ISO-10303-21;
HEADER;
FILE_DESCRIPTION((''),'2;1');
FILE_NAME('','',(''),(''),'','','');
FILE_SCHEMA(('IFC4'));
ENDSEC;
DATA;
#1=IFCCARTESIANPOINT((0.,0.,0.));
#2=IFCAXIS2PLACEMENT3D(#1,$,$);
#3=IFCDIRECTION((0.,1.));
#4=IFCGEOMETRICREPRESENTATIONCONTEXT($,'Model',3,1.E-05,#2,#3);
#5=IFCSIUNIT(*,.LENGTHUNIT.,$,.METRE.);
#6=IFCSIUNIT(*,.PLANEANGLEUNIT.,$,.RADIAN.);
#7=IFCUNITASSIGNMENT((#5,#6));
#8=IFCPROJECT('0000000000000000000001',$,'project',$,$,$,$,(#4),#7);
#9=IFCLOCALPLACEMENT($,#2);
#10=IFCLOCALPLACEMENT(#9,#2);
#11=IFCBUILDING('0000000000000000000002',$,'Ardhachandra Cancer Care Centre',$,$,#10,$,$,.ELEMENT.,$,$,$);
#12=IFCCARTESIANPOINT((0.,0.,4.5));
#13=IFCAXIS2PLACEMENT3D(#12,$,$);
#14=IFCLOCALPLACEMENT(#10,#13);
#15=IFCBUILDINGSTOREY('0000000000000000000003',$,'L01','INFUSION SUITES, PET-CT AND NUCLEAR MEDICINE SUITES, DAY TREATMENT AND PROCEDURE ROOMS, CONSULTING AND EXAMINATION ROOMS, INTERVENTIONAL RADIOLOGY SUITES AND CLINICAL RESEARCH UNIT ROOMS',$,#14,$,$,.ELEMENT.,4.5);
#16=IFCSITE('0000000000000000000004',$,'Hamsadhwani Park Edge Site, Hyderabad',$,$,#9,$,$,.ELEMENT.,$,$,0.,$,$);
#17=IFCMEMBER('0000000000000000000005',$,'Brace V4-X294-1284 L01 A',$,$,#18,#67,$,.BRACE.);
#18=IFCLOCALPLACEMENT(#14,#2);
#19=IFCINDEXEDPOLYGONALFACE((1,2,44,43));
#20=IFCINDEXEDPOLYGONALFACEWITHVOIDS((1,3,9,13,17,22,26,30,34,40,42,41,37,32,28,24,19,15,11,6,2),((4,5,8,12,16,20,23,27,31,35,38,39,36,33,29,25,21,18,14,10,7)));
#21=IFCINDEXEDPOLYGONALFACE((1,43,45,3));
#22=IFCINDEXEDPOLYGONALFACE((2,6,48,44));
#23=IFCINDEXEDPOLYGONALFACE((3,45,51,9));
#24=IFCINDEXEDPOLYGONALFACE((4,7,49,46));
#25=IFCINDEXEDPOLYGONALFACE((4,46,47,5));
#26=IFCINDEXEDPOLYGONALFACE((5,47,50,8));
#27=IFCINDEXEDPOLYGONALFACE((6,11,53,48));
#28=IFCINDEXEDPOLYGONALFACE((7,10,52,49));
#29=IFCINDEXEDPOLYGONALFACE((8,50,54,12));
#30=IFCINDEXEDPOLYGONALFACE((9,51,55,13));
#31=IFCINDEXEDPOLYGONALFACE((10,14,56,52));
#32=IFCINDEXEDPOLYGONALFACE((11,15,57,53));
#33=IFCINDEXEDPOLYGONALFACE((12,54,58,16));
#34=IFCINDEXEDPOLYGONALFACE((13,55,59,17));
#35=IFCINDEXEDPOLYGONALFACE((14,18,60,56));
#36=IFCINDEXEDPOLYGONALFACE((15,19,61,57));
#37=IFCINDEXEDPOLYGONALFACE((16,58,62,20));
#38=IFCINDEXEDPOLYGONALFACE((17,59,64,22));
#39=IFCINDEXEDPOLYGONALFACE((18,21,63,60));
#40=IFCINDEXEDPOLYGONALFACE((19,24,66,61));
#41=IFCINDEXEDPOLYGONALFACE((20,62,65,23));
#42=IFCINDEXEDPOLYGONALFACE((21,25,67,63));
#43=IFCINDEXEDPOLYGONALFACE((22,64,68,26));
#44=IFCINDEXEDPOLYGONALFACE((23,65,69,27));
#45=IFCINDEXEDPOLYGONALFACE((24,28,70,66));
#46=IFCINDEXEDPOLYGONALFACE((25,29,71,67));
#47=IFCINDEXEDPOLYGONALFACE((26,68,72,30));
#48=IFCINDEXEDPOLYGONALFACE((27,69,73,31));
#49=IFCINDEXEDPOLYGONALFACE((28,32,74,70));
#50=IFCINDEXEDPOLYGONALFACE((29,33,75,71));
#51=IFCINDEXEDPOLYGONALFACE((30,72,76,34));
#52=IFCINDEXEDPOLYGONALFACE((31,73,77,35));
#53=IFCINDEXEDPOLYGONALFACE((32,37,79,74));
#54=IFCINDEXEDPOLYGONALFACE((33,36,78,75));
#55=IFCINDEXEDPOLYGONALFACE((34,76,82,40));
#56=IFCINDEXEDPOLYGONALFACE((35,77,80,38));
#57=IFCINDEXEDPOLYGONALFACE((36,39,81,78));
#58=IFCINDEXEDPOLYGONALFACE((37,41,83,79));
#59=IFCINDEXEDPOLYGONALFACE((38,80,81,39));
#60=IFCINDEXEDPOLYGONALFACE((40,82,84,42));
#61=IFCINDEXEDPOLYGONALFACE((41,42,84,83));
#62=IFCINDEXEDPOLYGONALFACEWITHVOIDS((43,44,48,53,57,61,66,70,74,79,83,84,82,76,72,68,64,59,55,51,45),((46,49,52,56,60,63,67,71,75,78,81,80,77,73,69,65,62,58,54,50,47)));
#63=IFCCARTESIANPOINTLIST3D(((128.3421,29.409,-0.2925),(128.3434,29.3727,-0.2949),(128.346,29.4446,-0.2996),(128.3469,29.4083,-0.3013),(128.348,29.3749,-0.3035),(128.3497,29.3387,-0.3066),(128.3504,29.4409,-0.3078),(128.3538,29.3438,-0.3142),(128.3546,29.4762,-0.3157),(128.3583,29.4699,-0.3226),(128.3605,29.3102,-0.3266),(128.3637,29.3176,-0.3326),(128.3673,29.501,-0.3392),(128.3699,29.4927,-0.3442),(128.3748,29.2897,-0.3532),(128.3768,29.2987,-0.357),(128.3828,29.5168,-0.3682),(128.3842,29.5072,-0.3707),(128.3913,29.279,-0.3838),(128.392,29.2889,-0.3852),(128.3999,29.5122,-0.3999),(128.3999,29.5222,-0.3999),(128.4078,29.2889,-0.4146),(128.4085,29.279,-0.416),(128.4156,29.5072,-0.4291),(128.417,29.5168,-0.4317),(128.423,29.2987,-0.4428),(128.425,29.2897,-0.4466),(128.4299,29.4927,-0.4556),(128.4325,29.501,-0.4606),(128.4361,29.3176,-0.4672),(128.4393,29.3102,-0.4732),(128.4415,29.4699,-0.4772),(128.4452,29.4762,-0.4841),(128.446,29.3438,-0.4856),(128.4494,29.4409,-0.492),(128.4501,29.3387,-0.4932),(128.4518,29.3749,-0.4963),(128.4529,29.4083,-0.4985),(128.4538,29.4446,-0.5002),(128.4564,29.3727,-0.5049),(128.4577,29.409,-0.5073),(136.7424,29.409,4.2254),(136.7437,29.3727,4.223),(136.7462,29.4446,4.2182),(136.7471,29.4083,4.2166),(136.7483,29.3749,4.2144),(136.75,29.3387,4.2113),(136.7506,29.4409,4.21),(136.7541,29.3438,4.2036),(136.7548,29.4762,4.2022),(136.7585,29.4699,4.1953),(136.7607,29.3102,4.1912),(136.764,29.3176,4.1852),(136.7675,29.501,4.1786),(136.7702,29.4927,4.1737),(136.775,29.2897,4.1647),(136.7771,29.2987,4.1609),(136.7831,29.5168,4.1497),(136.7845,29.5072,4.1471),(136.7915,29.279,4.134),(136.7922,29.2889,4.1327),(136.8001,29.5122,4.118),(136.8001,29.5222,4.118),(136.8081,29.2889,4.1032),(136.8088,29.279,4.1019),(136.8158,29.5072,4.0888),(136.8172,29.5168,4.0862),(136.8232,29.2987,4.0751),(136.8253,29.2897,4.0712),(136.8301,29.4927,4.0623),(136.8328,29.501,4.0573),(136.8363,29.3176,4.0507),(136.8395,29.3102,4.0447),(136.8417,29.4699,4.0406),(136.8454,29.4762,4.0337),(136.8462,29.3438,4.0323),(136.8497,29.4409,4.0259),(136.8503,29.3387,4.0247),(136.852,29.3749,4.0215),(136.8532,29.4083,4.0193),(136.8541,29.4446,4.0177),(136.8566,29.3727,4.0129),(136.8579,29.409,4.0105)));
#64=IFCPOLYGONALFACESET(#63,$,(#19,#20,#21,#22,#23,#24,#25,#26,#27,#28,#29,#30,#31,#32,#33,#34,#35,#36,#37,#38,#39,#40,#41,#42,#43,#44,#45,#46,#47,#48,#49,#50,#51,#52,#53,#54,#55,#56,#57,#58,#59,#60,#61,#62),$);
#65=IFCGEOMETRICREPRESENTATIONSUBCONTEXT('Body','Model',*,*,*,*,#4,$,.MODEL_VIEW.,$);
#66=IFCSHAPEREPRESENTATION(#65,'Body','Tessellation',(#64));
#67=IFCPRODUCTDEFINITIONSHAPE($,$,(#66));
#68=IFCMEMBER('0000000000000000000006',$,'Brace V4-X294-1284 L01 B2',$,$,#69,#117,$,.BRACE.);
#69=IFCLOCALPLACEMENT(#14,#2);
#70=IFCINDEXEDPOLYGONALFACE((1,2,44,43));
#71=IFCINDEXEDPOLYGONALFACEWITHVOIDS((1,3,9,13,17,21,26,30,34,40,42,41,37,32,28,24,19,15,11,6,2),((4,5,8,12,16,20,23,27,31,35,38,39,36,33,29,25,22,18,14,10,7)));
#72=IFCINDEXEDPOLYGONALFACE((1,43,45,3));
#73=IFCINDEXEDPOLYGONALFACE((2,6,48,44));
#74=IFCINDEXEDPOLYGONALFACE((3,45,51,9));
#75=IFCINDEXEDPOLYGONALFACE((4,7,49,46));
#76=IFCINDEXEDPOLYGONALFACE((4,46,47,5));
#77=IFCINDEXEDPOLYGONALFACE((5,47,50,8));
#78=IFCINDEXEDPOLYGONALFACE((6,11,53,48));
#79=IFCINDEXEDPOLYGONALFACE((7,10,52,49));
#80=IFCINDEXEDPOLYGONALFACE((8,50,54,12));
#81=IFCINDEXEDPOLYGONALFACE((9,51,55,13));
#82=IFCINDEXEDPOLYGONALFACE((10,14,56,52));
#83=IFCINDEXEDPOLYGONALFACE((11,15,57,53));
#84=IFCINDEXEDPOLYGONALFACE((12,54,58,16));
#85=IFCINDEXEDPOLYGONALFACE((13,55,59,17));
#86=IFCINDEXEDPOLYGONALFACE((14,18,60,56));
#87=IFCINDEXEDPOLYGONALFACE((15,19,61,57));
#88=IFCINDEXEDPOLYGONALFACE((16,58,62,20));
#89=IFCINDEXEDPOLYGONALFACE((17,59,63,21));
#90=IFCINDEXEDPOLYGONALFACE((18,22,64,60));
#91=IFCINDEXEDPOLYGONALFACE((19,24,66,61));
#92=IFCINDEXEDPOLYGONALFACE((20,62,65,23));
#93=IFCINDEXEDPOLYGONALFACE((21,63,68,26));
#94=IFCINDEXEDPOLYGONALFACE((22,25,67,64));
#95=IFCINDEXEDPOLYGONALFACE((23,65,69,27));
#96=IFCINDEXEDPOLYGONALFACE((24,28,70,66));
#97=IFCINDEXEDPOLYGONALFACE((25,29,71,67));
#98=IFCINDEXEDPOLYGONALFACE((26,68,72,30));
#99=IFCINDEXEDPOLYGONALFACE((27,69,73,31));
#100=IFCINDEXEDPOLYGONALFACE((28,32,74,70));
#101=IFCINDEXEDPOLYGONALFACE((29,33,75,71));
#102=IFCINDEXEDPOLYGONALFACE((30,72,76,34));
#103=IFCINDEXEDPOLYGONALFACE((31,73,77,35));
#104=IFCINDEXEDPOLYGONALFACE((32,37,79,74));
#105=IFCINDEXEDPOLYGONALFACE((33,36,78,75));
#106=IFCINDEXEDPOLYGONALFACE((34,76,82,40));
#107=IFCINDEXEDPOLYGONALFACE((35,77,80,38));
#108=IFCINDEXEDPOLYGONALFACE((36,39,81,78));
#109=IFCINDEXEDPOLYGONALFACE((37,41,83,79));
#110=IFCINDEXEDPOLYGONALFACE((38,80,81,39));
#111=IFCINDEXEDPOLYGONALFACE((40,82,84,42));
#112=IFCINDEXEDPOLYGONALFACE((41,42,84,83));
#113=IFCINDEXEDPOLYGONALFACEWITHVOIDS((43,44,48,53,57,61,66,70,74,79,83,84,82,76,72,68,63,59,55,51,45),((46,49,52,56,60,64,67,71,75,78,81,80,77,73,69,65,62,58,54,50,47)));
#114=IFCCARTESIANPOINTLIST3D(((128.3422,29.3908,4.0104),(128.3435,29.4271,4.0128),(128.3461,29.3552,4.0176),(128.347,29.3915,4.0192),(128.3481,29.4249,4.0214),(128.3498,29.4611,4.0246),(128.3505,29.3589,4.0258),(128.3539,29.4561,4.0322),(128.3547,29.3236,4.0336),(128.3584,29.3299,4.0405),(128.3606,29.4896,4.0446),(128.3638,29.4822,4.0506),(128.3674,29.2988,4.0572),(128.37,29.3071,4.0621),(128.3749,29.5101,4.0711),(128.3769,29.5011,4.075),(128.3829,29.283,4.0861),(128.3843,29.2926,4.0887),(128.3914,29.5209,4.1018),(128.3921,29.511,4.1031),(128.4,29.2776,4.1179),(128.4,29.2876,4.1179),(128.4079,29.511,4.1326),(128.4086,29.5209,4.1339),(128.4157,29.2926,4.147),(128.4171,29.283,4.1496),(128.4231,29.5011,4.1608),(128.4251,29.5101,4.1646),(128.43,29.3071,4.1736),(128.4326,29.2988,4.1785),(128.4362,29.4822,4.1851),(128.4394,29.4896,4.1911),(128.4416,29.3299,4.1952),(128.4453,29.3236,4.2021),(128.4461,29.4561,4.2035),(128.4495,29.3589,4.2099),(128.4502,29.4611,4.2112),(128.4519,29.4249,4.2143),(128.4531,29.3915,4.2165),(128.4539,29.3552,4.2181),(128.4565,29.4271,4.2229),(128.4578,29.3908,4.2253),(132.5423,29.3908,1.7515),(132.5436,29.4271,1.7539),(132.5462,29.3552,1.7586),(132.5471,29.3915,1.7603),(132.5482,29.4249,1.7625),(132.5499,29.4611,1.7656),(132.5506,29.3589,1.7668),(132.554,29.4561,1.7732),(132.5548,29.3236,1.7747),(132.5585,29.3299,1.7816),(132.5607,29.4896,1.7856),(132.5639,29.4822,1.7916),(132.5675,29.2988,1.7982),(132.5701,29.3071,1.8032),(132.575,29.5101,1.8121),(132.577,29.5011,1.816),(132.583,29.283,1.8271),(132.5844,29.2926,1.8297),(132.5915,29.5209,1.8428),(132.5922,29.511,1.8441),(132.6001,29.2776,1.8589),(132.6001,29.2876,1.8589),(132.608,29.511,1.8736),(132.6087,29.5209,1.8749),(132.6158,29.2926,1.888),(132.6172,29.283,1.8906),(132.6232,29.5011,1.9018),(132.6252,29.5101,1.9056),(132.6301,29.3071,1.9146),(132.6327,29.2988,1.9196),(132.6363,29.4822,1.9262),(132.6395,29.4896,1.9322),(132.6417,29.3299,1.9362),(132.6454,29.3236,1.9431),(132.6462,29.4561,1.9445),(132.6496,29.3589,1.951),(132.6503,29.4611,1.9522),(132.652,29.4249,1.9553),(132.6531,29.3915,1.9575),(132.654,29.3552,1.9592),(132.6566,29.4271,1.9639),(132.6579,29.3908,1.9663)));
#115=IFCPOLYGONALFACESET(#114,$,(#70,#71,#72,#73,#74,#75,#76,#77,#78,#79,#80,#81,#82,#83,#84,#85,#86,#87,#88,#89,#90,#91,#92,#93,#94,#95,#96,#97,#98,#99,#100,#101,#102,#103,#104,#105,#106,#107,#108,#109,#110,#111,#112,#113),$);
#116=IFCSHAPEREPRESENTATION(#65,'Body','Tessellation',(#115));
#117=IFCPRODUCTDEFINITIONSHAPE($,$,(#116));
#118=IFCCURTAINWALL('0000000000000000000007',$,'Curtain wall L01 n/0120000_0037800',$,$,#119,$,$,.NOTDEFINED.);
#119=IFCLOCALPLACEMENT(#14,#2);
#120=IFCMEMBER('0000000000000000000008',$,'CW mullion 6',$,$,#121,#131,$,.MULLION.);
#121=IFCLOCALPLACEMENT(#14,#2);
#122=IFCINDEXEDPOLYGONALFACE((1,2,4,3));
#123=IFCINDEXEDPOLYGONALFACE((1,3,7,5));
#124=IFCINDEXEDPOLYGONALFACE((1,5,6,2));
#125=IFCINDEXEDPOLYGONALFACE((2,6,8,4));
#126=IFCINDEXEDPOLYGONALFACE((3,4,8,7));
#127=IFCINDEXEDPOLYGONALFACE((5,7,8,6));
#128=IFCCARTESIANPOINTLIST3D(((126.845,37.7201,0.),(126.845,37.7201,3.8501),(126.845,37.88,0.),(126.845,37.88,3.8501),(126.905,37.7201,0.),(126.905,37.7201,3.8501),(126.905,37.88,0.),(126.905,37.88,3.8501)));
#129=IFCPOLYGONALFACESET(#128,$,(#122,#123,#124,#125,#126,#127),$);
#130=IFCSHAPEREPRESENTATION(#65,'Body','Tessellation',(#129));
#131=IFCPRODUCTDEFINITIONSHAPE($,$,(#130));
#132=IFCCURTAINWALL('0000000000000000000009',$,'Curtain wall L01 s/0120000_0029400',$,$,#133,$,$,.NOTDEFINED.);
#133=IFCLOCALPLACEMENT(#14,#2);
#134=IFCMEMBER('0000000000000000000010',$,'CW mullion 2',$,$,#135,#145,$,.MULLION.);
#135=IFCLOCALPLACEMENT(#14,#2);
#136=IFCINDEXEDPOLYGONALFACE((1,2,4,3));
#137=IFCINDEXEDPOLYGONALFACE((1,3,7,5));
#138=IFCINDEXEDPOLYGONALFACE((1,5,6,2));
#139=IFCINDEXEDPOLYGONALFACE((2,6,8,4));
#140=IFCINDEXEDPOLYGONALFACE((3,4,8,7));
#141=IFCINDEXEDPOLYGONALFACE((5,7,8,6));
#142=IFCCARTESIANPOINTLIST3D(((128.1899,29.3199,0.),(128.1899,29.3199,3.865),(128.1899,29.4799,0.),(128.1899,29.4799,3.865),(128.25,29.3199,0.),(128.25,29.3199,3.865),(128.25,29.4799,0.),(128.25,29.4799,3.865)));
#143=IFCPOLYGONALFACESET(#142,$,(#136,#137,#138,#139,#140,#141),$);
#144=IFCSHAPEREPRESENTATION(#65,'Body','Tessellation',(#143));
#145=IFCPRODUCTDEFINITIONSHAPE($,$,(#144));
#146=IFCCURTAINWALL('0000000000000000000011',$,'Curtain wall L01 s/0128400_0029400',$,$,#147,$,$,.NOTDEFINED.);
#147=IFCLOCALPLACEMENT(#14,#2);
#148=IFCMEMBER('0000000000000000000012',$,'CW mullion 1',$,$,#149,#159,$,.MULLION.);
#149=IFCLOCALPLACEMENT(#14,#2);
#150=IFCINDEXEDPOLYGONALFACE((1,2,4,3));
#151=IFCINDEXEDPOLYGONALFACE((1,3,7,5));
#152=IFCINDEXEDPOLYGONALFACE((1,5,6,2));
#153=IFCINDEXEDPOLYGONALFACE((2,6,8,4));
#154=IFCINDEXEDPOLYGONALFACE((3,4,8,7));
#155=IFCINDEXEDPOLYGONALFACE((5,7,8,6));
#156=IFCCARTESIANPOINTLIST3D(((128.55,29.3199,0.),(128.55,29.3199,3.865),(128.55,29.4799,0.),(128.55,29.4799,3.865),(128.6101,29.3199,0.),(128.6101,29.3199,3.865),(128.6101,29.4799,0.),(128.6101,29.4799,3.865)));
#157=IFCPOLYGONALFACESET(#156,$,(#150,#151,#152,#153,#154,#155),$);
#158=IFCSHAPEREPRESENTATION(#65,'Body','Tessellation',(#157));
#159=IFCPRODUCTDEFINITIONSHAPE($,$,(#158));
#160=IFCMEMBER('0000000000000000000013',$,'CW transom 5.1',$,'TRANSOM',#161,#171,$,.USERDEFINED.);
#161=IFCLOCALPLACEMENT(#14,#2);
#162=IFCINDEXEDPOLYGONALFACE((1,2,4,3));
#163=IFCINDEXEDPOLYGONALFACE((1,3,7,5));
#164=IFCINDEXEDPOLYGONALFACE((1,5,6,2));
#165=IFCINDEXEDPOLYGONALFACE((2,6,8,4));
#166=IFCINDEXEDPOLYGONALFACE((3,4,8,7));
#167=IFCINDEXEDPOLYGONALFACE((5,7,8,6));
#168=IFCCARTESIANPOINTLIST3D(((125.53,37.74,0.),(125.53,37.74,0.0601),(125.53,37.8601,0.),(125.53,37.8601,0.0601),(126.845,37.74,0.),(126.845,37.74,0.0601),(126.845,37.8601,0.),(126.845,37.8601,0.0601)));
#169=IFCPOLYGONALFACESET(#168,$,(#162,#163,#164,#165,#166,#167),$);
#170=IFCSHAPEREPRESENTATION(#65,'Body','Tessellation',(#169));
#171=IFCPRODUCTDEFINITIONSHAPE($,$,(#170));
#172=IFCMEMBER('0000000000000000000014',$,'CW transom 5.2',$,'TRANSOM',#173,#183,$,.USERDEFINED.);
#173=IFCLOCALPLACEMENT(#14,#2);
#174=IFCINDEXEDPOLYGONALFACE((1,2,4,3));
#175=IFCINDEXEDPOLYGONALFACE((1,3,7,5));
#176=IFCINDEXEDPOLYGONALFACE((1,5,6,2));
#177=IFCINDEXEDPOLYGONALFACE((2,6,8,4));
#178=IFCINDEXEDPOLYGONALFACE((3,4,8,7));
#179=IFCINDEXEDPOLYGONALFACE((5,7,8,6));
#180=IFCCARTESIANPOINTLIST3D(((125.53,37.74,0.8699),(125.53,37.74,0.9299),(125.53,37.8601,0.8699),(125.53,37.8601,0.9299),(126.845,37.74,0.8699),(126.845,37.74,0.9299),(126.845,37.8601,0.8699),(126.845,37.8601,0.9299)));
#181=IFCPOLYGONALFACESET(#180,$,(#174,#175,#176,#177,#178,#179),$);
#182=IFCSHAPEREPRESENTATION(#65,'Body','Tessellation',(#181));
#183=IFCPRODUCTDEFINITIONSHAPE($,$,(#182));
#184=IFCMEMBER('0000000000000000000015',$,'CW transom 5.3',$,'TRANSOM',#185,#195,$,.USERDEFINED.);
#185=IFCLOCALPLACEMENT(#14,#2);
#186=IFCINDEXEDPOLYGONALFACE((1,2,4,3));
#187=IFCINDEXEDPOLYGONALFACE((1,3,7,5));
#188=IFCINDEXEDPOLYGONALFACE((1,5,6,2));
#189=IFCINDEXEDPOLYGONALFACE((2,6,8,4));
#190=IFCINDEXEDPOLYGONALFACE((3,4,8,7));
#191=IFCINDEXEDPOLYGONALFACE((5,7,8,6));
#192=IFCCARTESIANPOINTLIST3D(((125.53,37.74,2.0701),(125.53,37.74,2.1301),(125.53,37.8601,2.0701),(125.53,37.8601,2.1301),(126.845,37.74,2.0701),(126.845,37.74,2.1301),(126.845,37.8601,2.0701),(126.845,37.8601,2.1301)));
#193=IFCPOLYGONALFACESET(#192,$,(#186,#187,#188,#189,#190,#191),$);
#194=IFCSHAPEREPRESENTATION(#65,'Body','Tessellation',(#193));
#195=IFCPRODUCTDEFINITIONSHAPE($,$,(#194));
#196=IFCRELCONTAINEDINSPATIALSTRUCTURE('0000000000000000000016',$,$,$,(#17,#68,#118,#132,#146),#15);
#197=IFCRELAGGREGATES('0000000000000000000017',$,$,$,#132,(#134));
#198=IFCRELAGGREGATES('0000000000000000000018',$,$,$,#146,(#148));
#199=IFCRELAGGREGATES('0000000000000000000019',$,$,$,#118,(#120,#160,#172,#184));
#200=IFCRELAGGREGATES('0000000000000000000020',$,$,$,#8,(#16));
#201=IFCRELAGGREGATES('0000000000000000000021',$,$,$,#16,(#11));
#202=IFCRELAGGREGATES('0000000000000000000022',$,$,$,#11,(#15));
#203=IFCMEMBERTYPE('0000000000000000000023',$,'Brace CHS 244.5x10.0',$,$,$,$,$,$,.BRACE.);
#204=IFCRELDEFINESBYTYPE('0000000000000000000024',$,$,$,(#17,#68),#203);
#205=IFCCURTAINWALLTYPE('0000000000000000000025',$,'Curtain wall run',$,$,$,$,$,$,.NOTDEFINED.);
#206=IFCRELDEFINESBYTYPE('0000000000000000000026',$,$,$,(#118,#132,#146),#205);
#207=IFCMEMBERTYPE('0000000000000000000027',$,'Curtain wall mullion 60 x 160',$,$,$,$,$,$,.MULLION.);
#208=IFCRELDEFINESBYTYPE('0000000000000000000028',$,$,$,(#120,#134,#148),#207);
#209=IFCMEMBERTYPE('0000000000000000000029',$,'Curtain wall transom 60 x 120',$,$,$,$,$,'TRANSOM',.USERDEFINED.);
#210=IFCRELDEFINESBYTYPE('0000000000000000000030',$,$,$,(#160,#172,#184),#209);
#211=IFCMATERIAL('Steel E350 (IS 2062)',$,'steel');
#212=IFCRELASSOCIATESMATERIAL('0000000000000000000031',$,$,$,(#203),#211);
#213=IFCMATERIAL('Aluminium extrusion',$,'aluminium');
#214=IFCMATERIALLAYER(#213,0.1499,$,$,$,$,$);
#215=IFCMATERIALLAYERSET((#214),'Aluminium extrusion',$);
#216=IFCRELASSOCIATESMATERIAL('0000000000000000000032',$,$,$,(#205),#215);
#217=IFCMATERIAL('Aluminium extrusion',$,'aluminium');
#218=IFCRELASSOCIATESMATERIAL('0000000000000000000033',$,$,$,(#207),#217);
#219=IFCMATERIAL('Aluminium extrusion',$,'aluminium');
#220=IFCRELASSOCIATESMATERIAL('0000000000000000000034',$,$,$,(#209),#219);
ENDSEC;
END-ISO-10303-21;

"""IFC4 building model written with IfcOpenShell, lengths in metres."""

from ifc_helpers import new_model, si_unit, direction, frame, origin, origin_2d, place, context, subcontext, project, spatial, rectangle, hollow_circle, extrude, material, layer, layer_set, material_profile, profile_set, type_object, element, aggregate, save


model = new_model("IFC4")

# Units and contexts
model_context = context("Model", 3, precision=1e-05, world=origin(), true_north=direction((0.0, 1.0)))
body_context = subcontext(model_context, "Body", "Model", "MODEL_VIEW")
ifc_project = project(units=[si_unit("LENGTHUNIT", "METRE"), si_unit("PLANEANGLEUNIT", "RADIAN")], contexts=[model_context])

# Site, building, storey
site_placement = place(None, origin())
site = spatial("IfcSite", under=ifc_project, at=site_placement, Name="Hamsadhwani Park Edge Site, Hyderabad", CompositionType="ELEMENT", RefElevation=0.0)
building_placement = place(site_placement, origin())
building = spatial("IfcBuilding", under=site, at=building_placement, Name="Ardhachandra Cancer Care Centre", CompositionType="ELEMENT")
storey_placement = place(building_placement, frame((0.0, 0.0, 4.5)))
storey = spatial("IfcBuildingStorey", under=building, at=storey_placement, Name="L01", Description="INFUSION SUITES, PET-CT AND NUCLEAR MEDICINE SUITES, DAY TREATMENT AND PROCEDURE ROOMS, CONSULTING AND EXAMINATION ROOMS, INTERVENTIONAL RADIOLOGY SUITES AND CLINICAL RESEARCH UNIT ROOMS", CompositionType="ELEMENT", Elevation=4.5)

# Members
ifc_material_1 = material(Name="Steel E350 (IS 2062)", Category="steel")
ifc_material_profile_1 = material_profile(ifc_material_1, hollow_circle(Radius=0.1223, WallThickness=0.01, at=origin_2d()), Name="CHS 244.5x10.0")
ifc_profile_set_1 = profile_set([ifc_material_profile_1], Name="Steel E350 (IS 2062)")
member_type_1 = type_object("IfcMemberType", Name="Brace CHS 244.5x10.0", PredefinedType="BRACE", material=ifc_profile_set_1)
member_1_placement = place(storey_placement, frame((128.3999, 29.3999, -0.3999), z_axis=(0.880704, 0.0, 0.473666), x_axis=(0.0, 1.0, 0.0)))
element("IfcMember", 1, at=member_1_placement, inside=storey, type_object=member_type_1, Name="Brace V4-X294-1284 L01 A", PredefinedType="BRACE", context=body_context, shape_type="SweptSolid", body=[
    extrude(hollow_circle(Radius=0.1223, WallThickness=0.01, at=origin_2d()), origin(), (0.0, 0.0, 1.0), 9.5381),
])
member_2_placement = place(storey_placement, frame((132.6001, 29.3999, 1.8589), z_axis=(-0.880699, 0.0, 0.473675), x_axis=(0.0, -1.0, 0.0)))
element("IfcMember", 2, at=member_2_placement, inside=storey, type_object=member_type_1, Name="Brace V4-X294-1284 L01 B2", PredefinedType="BRACE", context=body_context, shape_type="SweptSolid", body=[
    extrude(hollow_circle(Radius=0.1223, WallThickness=0.01, at=origin_2d()), origin(), (0.0, 0.0, 1.0), 4.769),
])

# Curtain walls, members
ifc_material_2 = material(Name="Aluminium extrusion", Category="aluminium")
ifc_layer_1 = layer(ifc_material_2, 0.1499)
ifc_layer_set_1 = layer_set([ifc_layer_1], Name="Aluminium extrusion")
curtain_wall_type = type_object("IfcCurtainWallType", Name="Curtain wall run", PredefinedType="NOTDEFINED", material=ifc_layer_set_1)
curtain_wall_1_placement = place(storey_placement, origin())
curtain_wall_1 = element("IfcCurtainWall", 3, at=curtain_wall_1_placement, inside=storey, type_object=curtain_wall_type, Name="Curtain wall L01 n/0120000_0037800", PredefinedType="NOTDEFINED")
ifc_material_3 = material(Name="Aluminium extrusion", Category="aluminium")
ifc_material_profile_2 = material_profile(ifc_material_3, rectangle(XDim=0.1599, YDim=0.0601, at=origin_2d()), Name="Curtain wall mullion 60 x 160")
ifc_profile_set_2 = profile_set([ifc_material_profile_2], Name="Aluminium extrusion")
member_type_2 = type_object("IfcMemberType", Name="Curtain wall mullion 60 x 160", PredefinedType="MULLION", material=ifc_profile_set_2)
member_3_placement = place(storey_placement, frame((126.875, 37.8, 0.0), z_axis=(0.0, 0.0, 1.0), x_axis=(0.0, 1.0, 0.0)))
member_3 = element("IfcMember", 4, at=member_3_placement, type_object=member_type_2, Name="CW mullion 6", PredefinedType="MULLION", context=body_context, shape_type="SweptSolid", body=[
    extrude(rectangle(XDim=0.1599, YDim=0.0601, at=origin_2d()), origin(), (0.0, 0.0, 1.0), 3.8501),
])
curtain_wall_2_placement = place(storey_placement, origin())
curtain_wall_2 = element("IfcCurtainWall", 5, at=curtain_wall_2_placement, inside=storey, type_object=curtain_wall_type, Name="Curtain wall L01 s/0120000_0029400", PredefinedType="NOTDEFINED")
member_4_placement = place(storey_placement, frame((128.22, 29.3999, 0.0), z_axis=(0.0, 0.0, 1.0), x_axis=(0.0, 1.0, 0.0)))
member_4 = element("IfcMember", 6, at=member_4_placement, type_object=member_type_2, Name="CW mullion 2", PredefinedType="MULLION", context=body_context, shape_type="SweptSolid", body=[
    extrude(rectangle(XDim=0.1599, YDim=0.0601, at=origin_2d()), origin(), (0.0, 0.0, 1.0), 3.865),
])
curtain_wall_3_placement = place(storey_placement, origin())
curtain_wall_3 = element("IfcCurtainWall", 7, at=curtain_wall_3_placement, inside=storey, type_object=curtain_wall_type, Name="Curtain wall L01 s/0128400_0029400", PredefinedType="NOTDEFINED")
member_5_placement = place(storey_placement, frame((128.5801, 29.3999, 0.0), z_axis=(0.0, 0.0, 1.0), x_axis=(0.0, 1.0, 0.0)))
member_5 = element("IfcMember", 8, at=member_5_placement, type_object=member_type_2, Name="CW mullion 1", PredefinedType="MULLION", context=body_context, shape_type="SweptSolid", body=[
    extrude(rectangle(XDim=0.1599, YDim=0.0601, at=origin_2d()), origin(), (0.0, 0.0, 1.0), 3.865),
])

# Members
ifc_material_4 = material(Name="Aluminium extrusion", Category="aluminium")
ifc_material_profile_3 = material_profile(ifc_material_4, rectangle(XDim=0.1201, YDim=0.0601, at=origin_2d()), Name="Curtain wall transom 60 x 120")
ifc_profile_set_3 = profile_set([ifc_material_profile_3], Name="Aluminium extrusion")
member_type_3 = type_object("IfcMemberType", Name="Curtain wall transom 60 x 120", ElementType="TRANSOM", PredefinedType="USERDEFINED", material=ifc_profile_set_3)
member_6_placement = place(storey_placement, frame((125.53, 37.8, 0.03), z_axis=(1.0, 0.0, 0.0), x_axis=(0.0, 1.0, 0.0)))
member_6 = element("IfcMember", 9, at=member_6_placement, type_object=member_type_3, Name="CW transom 5.1", ObjectType="TRANSOM", PredefinedType="USERDEFINED", context=body_context, shape_type="SweptSolid", body=[
    extrude(rectangle(XDim=0.1201, YDim=0.0601, at=origin_2d()), origin(), (0.0, 0.0, 1.0), 1.3149),
])
member_7_placement = place(storey_placement, frame((125.53, 37.8, 0.8999), z_axis=(1.0, 0.0, 0.0), x_axis=(0.0, 1.0, 0.0)))
member_7 = element("IfcMember", 10, at=member_7_placement, type_object=member_type_3, Name="CW transom 5.2", ObjectType="TRANSOM", PredefinedType="USERDEFINED", context=body_context, shape_type="SweptSolid", body=[
    extrude(rectangle(XDim=0.1201, YDim=0.0601, at=origin_2d()), origin(), (0.0, 0.0, 1.0), 1.3149),
])
member_8_placement = place(storey_placement, frame((125.53, 37.8, 2.1001), z_axis=(1.0, 0.0, 0.0), x_axis=(0.0, 1.0, 0.0)))
member_8 = element("IfcMember", 11, at=member_8_placement, type_object=member_type_3, Name="CW transom 5.3", ObjectType="TRANSOM", PredefinedType="USERDEFINED", context=body_context, shape_type="SweptSolid", body=[
    extrude(rectangle(XDim=0.1201, YDim=0.0601, at=origin_2d()), origin(), (0.0, 0.0, 1.0), 1.3149),
])

aggregate(curtain_wall_2, [member_4])
aggregate(curtain_wall_3, [member_5])
aggregate(curtain_wall_1, [member_3, member_6, member_7, member_8])

save(model, "model.ifc")
